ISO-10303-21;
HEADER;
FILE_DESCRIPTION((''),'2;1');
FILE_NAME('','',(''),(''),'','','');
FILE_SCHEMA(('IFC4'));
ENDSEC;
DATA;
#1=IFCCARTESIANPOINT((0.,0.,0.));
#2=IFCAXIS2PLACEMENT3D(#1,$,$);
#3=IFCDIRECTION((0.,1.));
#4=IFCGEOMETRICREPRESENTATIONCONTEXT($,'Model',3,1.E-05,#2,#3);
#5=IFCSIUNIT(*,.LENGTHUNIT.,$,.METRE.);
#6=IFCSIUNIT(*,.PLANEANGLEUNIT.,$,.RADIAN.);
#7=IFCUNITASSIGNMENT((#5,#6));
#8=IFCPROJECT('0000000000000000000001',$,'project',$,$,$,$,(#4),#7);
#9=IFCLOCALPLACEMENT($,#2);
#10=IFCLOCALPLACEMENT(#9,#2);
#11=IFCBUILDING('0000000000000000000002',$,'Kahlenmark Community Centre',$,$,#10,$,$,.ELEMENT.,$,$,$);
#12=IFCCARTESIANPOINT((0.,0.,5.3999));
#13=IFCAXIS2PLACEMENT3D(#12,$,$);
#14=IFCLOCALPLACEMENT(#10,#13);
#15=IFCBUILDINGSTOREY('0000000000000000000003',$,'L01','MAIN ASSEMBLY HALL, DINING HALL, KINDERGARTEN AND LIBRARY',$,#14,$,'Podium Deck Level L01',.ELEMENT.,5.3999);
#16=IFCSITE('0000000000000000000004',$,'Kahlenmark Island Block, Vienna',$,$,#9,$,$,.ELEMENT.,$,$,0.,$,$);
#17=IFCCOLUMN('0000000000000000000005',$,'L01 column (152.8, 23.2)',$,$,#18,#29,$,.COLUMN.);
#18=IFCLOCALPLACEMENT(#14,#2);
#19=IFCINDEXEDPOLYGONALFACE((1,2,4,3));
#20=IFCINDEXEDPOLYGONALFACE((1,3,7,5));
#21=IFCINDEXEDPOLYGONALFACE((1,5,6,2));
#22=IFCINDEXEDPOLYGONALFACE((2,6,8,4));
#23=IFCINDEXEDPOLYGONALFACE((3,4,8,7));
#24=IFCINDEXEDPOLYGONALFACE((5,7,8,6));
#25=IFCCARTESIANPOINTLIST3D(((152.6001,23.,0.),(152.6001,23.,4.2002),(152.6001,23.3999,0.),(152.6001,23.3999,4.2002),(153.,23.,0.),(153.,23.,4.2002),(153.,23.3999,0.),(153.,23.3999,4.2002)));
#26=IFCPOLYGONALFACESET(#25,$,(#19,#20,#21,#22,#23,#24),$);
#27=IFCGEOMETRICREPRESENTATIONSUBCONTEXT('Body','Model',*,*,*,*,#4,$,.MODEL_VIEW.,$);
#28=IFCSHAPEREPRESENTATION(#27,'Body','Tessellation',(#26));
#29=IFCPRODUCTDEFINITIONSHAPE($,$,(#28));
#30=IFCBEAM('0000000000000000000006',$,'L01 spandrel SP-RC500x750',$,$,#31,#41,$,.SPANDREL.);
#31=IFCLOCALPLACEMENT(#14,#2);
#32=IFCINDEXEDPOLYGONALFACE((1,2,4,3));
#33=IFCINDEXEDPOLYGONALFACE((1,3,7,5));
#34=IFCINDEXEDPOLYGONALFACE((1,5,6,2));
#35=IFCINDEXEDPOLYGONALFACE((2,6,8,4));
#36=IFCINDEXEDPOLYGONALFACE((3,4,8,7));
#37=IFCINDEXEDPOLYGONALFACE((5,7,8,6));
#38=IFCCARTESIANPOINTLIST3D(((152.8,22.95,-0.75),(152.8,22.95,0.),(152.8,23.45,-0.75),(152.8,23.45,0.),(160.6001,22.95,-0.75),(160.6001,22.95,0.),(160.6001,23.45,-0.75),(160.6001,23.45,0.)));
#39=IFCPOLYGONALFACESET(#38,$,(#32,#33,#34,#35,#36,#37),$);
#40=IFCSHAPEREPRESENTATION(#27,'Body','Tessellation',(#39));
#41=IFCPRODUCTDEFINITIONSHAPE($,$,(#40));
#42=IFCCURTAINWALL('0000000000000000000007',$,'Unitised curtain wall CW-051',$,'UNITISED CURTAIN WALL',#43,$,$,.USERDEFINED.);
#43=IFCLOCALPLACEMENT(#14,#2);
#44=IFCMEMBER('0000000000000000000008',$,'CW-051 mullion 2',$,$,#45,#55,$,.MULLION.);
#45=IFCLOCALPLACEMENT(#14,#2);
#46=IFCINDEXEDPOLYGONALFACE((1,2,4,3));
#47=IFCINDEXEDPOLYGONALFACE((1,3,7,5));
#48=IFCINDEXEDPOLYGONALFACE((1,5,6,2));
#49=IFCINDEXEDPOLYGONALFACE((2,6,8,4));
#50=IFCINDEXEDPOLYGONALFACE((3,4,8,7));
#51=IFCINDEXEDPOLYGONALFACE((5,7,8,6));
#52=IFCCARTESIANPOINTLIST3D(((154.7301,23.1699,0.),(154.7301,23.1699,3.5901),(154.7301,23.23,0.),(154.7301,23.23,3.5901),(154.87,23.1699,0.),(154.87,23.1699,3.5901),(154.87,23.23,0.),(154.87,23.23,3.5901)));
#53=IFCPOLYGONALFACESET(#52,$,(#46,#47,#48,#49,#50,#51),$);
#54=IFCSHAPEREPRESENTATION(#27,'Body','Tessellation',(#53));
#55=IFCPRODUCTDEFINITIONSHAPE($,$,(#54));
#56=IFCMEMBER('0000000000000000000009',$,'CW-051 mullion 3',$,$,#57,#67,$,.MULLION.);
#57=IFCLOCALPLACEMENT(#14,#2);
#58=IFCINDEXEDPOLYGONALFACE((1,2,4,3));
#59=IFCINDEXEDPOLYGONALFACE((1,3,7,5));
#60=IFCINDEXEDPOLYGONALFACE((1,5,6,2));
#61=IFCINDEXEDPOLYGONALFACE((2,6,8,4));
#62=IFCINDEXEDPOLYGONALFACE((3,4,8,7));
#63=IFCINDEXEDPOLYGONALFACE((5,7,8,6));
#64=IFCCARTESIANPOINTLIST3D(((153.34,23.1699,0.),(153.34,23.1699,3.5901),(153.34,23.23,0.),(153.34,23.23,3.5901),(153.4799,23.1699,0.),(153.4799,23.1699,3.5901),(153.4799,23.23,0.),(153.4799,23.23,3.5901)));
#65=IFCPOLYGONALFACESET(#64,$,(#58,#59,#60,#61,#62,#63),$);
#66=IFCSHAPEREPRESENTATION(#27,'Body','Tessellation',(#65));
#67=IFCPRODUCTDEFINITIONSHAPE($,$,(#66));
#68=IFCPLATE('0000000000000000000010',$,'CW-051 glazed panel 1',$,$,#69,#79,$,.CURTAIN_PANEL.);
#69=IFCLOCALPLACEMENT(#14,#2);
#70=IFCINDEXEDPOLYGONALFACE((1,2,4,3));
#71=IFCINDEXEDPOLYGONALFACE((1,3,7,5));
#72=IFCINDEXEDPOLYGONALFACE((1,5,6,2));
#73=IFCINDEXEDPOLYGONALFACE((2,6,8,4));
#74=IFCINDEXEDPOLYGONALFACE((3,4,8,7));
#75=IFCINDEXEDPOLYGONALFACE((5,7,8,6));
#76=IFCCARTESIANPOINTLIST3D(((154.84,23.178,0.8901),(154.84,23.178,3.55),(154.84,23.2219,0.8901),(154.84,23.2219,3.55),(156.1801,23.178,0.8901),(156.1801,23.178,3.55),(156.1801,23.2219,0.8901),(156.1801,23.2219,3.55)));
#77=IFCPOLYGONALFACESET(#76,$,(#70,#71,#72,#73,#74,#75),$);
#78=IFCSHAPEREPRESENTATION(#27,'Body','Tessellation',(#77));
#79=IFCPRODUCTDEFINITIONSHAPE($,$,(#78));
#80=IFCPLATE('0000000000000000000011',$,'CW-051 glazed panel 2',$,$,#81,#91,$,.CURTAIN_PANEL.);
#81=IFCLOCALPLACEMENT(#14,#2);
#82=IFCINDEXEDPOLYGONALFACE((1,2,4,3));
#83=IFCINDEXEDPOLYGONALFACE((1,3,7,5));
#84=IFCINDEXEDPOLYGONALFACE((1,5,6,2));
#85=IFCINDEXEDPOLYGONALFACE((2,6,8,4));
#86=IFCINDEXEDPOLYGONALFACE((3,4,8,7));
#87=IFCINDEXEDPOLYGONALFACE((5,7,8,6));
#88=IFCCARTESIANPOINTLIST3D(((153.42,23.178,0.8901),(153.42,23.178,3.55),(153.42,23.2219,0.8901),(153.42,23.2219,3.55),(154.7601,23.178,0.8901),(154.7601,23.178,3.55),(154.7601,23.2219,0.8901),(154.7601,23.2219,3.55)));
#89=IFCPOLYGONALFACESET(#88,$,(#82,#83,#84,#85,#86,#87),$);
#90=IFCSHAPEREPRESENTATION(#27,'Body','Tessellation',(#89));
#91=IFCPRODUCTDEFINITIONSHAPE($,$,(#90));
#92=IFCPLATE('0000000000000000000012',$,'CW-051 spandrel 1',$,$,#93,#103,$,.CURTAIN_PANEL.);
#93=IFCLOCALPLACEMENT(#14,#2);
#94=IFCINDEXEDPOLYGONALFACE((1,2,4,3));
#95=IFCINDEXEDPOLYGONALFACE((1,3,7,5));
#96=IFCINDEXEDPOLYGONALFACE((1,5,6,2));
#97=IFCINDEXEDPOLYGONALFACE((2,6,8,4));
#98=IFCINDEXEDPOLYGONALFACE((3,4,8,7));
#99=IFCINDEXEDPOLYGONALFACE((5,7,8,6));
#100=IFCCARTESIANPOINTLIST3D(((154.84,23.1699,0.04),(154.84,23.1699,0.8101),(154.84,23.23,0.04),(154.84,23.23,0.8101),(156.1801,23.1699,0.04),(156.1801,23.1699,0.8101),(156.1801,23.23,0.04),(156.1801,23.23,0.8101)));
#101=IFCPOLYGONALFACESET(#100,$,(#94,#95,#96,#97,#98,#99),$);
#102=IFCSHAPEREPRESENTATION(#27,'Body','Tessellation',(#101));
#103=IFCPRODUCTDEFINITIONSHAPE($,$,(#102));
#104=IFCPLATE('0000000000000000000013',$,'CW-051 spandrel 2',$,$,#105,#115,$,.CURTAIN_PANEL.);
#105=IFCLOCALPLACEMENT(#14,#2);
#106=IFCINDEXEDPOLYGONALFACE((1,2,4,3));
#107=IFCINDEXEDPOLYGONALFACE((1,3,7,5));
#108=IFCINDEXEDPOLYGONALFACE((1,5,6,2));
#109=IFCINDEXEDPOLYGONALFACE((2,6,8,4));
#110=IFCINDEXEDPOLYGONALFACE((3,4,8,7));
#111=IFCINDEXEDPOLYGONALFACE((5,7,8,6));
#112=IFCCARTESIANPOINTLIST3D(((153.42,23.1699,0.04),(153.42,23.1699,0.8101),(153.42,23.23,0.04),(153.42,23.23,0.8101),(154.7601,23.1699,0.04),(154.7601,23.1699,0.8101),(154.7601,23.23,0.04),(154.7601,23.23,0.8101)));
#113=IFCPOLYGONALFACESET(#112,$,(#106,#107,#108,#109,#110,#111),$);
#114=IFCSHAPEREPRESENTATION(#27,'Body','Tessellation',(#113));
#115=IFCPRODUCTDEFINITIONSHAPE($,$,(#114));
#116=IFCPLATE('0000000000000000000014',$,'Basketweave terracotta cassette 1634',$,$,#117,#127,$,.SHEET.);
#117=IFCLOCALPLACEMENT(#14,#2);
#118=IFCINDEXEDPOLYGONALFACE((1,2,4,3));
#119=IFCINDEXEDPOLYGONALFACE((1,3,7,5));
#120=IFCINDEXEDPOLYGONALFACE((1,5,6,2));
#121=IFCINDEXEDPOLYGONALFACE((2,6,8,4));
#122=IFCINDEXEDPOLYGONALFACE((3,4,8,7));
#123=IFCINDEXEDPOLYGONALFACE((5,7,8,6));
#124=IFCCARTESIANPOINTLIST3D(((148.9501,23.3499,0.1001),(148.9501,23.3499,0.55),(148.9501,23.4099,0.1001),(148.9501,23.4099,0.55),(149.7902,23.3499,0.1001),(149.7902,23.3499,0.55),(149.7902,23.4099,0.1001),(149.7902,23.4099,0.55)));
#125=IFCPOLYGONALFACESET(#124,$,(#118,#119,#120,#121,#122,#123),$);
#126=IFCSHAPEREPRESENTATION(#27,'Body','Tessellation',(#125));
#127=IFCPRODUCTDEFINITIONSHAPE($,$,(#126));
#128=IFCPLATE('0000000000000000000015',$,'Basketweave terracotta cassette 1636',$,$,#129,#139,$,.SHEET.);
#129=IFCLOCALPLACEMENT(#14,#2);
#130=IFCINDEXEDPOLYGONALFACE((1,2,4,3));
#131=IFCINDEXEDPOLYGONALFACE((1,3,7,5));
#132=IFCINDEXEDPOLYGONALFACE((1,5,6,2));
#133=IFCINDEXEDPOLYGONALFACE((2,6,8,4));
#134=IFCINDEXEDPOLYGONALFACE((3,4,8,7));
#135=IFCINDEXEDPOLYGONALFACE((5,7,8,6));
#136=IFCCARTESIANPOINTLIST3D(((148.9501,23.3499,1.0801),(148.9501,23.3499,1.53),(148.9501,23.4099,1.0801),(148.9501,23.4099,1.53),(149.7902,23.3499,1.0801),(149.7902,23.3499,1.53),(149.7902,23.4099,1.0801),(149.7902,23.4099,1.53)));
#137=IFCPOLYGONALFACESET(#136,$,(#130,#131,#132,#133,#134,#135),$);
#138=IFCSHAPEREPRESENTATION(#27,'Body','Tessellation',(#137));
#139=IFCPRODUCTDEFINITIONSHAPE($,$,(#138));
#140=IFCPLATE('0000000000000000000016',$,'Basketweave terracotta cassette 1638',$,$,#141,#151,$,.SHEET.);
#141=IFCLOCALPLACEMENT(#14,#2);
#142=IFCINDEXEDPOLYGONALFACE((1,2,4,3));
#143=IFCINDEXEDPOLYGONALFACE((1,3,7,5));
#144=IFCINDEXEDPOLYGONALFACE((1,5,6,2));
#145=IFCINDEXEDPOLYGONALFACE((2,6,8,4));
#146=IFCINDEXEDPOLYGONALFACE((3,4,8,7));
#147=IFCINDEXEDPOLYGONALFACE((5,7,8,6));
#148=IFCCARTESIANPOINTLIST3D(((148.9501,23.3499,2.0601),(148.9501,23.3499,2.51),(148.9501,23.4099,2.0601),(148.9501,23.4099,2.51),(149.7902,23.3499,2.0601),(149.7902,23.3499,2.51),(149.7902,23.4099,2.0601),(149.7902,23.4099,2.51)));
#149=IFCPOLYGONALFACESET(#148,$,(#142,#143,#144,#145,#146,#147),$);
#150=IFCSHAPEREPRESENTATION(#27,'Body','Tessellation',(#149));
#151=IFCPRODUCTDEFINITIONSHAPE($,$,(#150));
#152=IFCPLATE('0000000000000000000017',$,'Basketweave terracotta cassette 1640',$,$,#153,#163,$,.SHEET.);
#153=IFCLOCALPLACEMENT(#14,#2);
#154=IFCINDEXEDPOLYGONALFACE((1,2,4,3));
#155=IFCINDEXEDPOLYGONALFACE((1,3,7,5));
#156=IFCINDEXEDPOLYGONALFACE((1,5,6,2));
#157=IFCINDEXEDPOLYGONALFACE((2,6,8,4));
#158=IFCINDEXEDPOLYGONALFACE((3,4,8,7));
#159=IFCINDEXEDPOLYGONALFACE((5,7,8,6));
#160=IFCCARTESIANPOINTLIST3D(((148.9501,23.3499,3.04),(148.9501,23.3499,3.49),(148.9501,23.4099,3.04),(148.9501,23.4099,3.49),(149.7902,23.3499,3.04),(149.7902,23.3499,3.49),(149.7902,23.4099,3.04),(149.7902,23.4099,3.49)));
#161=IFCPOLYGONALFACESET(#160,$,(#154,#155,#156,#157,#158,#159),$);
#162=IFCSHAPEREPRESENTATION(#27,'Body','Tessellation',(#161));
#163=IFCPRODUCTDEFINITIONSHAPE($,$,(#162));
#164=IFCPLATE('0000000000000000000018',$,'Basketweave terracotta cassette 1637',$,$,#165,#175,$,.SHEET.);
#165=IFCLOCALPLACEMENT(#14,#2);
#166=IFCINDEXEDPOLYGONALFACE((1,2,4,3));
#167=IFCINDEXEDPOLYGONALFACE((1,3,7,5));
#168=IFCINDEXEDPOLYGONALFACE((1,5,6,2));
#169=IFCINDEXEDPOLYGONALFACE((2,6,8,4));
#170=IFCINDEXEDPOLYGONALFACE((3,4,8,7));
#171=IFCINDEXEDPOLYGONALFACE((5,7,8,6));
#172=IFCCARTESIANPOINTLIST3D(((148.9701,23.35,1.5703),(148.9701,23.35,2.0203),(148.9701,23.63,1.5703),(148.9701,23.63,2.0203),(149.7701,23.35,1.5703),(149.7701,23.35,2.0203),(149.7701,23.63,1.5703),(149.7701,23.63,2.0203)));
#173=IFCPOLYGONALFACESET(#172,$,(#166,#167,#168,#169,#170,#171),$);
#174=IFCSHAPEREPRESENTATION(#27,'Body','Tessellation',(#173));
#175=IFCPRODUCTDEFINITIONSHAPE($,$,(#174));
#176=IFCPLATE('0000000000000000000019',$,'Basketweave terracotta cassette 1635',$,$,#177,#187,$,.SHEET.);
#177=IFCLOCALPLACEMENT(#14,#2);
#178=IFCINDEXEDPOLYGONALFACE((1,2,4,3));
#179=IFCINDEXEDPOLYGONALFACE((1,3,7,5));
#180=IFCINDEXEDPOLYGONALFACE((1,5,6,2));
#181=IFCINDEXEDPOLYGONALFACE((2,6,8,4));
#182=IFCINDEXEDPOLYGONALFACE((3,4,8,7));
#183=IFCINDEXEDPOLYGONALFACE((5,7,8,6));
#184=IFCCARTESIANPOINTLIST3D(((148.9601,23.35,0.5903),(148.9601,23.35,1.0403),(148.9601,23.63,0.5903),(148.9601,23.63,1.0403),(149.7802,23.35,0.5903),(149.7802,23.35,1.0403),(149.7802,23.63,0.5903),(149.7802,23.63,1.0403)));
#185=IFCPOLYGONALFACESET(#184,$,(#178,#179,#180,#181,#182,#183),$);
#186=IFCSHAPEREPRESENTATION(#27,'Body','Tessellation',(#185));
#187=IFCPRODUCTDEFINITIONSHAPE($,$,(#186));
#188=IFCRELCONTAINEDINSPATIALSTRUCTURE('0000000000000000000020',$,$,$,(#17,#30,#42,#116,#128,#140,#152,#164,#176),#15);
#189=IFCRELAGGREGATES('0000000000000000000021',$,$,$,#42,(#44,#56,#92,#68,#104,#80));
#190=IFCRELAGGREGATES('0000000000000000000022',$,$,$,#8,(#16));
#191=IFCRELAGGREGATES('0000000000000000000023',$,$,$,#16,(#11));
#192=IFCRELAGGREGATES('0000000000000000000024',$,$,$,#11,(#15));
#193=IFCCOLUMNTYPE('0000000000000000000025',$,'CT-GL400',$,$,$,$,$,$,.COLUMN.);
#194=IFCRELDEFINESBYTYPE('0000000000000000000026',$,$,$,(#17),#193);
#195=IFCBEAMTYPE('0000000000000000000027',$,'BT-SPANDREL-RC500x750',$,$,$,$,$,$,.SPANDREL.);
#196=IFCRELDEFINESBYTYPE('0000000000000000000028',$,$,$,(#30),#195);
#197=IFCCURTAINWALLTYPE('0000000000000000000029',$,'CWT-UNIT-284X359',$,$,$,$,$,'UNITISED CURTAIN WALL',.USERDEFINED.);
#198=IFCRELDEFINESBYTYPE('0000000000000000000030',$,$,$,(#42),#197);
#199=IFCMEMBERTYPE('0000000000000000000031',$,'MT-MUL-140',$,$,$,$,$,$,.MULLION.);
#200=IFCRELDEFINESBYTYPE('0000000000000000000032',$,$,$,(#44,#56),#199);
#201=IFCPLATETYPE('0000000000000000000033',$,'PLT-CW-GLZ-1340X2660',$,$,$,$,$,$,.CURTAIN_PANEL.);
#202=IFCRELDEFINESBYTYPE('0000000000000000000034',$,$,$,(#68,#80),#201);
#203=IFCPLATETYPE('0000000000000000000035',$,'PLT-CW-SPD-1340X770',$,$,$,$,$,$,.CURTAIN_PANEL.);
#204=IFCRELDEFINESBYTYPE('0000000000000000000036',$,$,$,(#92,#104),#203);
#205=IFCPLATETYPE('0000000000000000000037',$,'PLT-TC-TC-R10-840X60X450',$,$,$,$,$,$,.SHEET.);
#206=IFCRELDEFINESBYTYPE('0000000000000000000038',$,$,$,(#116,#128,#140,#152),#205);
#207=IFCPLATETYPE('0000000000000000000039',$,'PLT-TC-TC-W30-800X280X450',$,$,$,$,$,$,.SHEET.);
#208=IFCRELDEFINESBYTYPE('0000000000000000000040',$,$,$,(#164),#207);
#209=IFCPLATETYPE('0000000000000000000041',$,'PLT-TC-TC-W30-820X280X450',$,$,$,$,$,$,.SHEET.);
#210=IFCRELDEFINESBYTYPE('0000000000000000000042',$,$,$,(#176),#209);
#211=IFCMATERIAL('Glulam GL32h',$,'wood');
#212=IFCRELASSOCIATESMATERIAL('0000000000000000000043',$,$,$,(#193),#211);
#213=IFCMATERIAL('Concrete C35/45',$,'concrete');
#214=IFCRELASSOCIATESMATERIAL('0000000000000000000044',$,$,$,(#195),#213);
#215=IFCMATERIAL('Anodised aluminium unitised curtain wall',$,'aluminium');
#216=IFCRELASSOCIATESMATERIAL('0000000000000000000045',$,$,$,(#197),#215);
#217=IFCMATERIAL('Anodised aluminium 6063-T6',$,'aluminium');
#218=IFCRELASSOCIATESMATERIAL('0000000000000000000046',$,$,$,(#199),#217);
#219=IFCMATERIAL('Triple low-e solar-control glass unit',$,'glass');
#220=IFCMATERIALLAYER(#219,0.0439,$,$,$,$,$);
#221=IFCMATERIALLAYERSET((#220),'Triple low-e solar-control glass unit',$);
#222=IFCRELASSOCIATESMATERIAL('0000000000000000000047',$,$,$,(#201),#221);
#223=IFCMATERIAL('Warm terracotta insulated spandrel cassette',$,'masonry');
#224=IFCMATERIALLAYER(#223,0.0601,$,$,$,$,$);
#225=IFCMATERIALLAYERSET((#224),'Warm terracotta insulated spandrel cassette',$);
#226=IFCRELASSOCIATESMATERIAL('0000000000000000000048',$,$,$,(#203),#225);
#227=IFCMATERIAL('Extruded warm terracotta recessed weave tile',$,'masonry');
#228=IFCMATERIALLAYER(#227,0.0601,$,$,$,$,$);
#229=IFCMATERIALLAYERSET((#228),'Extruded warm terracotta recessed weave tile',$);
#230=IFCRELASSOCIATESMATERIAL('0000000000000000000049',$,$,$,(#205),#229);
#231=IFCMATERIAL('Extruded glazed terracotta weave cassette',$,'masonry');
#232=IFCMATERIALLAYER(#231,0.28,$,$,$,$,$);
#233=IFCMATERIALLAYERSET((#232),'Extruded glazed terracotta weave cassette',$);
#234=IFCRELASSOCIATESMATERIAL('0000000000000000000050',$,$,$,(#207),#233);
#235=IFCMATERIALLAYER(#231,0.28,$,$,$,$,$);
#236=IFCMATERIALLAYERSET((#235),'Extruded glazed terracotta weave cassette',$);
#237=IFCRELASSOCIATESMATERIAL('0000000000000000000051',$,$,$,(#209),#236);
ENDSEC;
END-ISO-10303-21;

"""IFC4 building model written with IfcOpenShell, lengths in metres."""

from ifc_helpers import new_model, si_unit, direction, frame, origin, origin_2d, place, context, subcontext, project, spatial, rectangle, extrude, material, layer, layer_set, material_profile, profile_set, type_object, element, aggregate, save


model = new_model("IFC4")

# Units and contexts
model_context = context("Model", 3, precision=1e-05, world=origin(), true_north=direction((0.0, 1.0)))
body_context = subcontext(model_context, "Body", "Model", "MODEL_VIEW")
ifc_project = project(units=[si_unit("LENGTHUNIT", "METRE"), si_unit("PLANEANGLEUNIT", "RADIAN")], contexts=[model_context])

# Site, building, storey
site_placement = place(None, origin())
site = spatial("IfcSite", under=ifc_project, at=site_placement, Name="Kahlenmark Island Block, Vienna", CompositionType="ELEMENT", RefElevation=0.0)
building_placement = place(site_placement, origin())
building = spatial("IfcBuilding", under=site, at=building_placement, Name="Kahlenmark Community Centre", CompositionType="ELEMENT")
storey_placement = place(building_placement, frame((0.0, 0.0, 5.3999)))
storey = spatial("IfcBuildingStorey", under=building, at=storey_placement, Name="L01", Description="MAIN ASSEMBLY HALL, DINING HALL, KINDERGARTEN AND LIBRARY", LongName="Podium Deck Level L01", CompositionType="ELEMENT", Elevation=5.3999)

# Column
ifc_material_1 = material(Name="Glulam GL32h", Category="wood")
ifc_material_profile_1 = material_profile(ifc_material_1, rectangle(XDim=0.3999, YDim=0.3999, at=origin_2d()), Name="GL32h 400x400")
ifc_profile_set_1 = profile_set([ifc_material_profile_1], Name="Glulam GL32h")
column_type = type_object("IfcColumnType", Name="CT-GL400", PredefinedType="COLUMN", material=ifc_profile_set_1)
column_placement = place(storey_placement, frame((152.8, 23.2, 0.0), z_axis=(0.0, 0.0, 1.0), x_axis=(1.0, 0.0, 0.0)))
element("IfcColumn", 1, at=column_placement, inside=storey, type_object=column_type, Name="L01 column (152.8, 23.2)", PredefinedType="COLUMN", context=body_context, shape_type="SweptSolid", body=[
    extrude(rectangle(XDim=0.3999, YDim=0.3999, at=origin_2d()), origin(), (0.0, 0.0, 1.0), 4.2002),
])

# Beam
ifc_material_2 = material(Name="Concrete C35/45", Category="concrete")
ifc_material_profile_2 = material_profile(ifc_material_2, rectangle(XDim=0.5, YDim=0.75, at=origin_2d()), Name="RC 500x750")
ifc_profile_set_2 = profile_set([ifc_material_profile_2], Name="Concrete C35/45")
beam_type = type_object("IfcBeamType", Name="BT-SPANDREL-RC500x750", PredefinedType="SPANDREL", material=ifc_profile_set_2)
beam_placement = place(storey_placement, frame((152.8, 23.2, -0.375), z_axis=(1.0, 0.0, 0.0), x_axis=(0.0, 1.0, 0.0)))
element("IfcBeam", 2, at=beam_placement, inside=storey, type_object=beam_type, Name="L01 spandrel SP-RC500x750", PredefinedType="SPANDREL", context=body_context, shape_type="SweptSolid", body=[
    extrude(rectangle(XDim=0.5, YDim=0.75, at=origin_2d()), origin(), (0.0, 0.0, 1.0), 7.8),
])

# Curtain wall, members, plates
ifc_material_3 = material(Name="Anodised aluminium unitised curtain wall", Category="aluminium")
curtain_wall_type = type_object("IfcCurtainWallType", Name="CWT-UNIT-284X359", ElementType="UNITISED CURTAIN WALL", PredefinedType="USERDEFINED", material=ifc_material_3)
curtain_wall_placement = place(storey_placement, origin())
curtain_wall = element("IfcCurtainWall", 3, at=curtain_wall_placement, inside=storey, type_object=curtain_wall_type, Name="Unitised curtain wall CW-051", ObjectType="UNITISED CURTAIN WALL", PredefinedType="USERDEFINED")
ifc_material_4 = material(Name="Anodised aluminium 6063-T6", Category="aluminium")
ifc_material_profile_3 = material_profile(ifc_material_4, rectangle(XDim=0.0601, YDim=0.1399, at=origin_2d()), Name="ALU MULLION 60x140")
ifc_profile_set_3 = profile_set([ifc_material_profile_3], Name="Anodised aluminium 6063-T6")
member_type = type_object("IfcMemberType", Name="MT-MUL-140", PredefinedType="MULLION", material=ifc_profile_set_3)
member_1_placement = place(storey_placement, frame((154.8, 23.2, 0.0), z_axis=(0.0, 0.0, 1.0), x_axis=(0.0, -1.0, 0.0)))
member_1 = element("IfcMember", 4, at=member_1_placement, type_object=member_type, Name="CW-051 mullion 2", PredefinedType="MULLION", context=body_context, shape_type="SweptSolid", body=[
    extrude(rectangle(XDim=0.0601, YDim=0.1399, at=origin_2d()), origin(), (0.0, 0.0, 1.0), 3.5901),
])
member_2_placement = place(storey_placement, frame((153.4099, 23.2, 0.0), z_axis=(0.0, 0.0, 1.0), x_axis=(0.0, -1.0, 0.0)))
member_2 = element("IfcMember", 5, at=member_2_placement, type_object=member_type, Name="CW-051 mullion 3", PredefinedType="MULLION", context=body_context, shape_type="SweptSolid", body=[
    extrude(rectangle(XDim=0.0601, YDim=0.1399, at=origin_2d()), origin(), (0.0, 0.0, 1.0), 3.5901),
])
ifc_material_5 = material(Name="Triple low-e solar-control glass unit", Category="glass")
ifc_layer_1 = layer(ifc_material_5, 0.0439)
ifc_layer_set_1 = layer_set([ifc_layer_1], Name="Triple low-e solar-control glass unit")
plate_type_1 = type_object("IfcPlateType", Name="PLT-CW-GLZ-1340X2660", PredefinedType="CURTAIN_PANEL", material=ifc_layer_set_1)
plate_1_placement = place(storey_placement, frame((155.51, 23.2, 0.8901), z_axis=(0.0, 0.0, 1.0), x_axis=(-1.0, 0.0, 0.0)))
plate_1 = element("IfcPlate", 6, at=plate_1_placement, type_object=plate_type_1, Name="CW-051 glazed panel 1", PredefinedType="CURTAIN_PANEL", context=body_context, shape_type="SweptSolid", body=[
    extrude(rectangle(XDim=1.3401, YDim=0.0439, at=origin_2d()), origin(), (0.0, 0.0, 1.0), 2.6599),
])
plate_2_placement = place(storey_placement, frame((154.0901, 23.2, 0.8901), z_axis=(0.0, 0.0, 1.0), x_axis=(-1.0, 0.0, 0.0)))
plate_2 = element("IfcPlate", 7, at=plate_2_placement, type_object=plate_type_1, Name="CW-051 glazed panel 2", PredefinedType="CURTAIN_PANEL", context=body_context, shape_type="SweptSolid", body=[
    extrude(rectangle(XDim=1.3401, YDim=0.0439, at=origin_2d()), origin(), (0.0, 0.0, 1.0), 2.6599),
])
ifc_material_6 = material(Name="Warm terracotta insulated spandrel cassette", Category="masonry")
ifc_layer_2 = layer(ifc_material_6, 0.0601)
ifc_layer_set_2 = layer_set([ifc_layer_2], Name="Warm terracotta insulated spandrel cassette")
plate_type_2 = type_object("IfcPlateType", Name="PLT-CW-SPD-1340X770", PredefinedType="CURTAIN_PANEL", material=ifc_layer_set_2)
plate_3_placement = place(storey_placement, frame((155.51, 23.2, 0.04), z_axis=(0.0, 0.0, 1.0), x_axis=(-1.0, 0.0, 0.0)))
plate_3 = element("IfcPlate", 8, at=plate_3_placement, type_object=plate_type_2, Name="CW-051 spandrel 1", PredefinedType="CURTAIN_PANEL", context=body_context, shape_type="SweptSolid", body=[
    extrude(rectangle(XDim=1.3401, YDim=0.0601, at=origin_2d()), origin(), (0.0, 0.0, 1.0), 0.77),
])
plate_4_placement = place(storey_placement, frame((154.0901, 23.2, 0.04), z_axis=(0.0, 0.0, 1.0), x_axis=(-1.0, 0.0, 0.0)))
plate_4 = element("IfcPlate", 9, at=plate_4_placement, type_object=plate_type_2, Name="CW-051 spandrel 2", PredefinedType="CURTAIN_PANEL", context=body_context, shape_type="SweptSolid", body=[
    extrude(rectangle(XDim=1.3401, YDim=0.0601, at=origin_2d()), origin(), (0.0, 0.0, 1.0), 0.77),
])
aggregate(curtain_wall, [member_1, member_2, plate_3, plate_1, plate_4, plate_2])

# Plates
ifc_material_7 = material(Name="Extruded warm terracotta recessed weave tile", Category="masonry")
ifc_layer_3 = layer(ifc_material_7, 0.0601)
ifc_layer_set_3 = layer_set([ifc_layer_3], Name="Extruded warm terracotta recessed weave tile")
plate_type_3 = type_object("IfcPlateType", Name="PLT-TC-TC-R10-840X60X450", PredefinedType="SHEET", material=ifc_layer_set_3)
for number, where, z_axis, x_axis, name in (
    (10, (149.3701, 23.3799, 0.1001), (0.0, 0.0, 1.0), (-1.0, 0.0, 0.0), "Basketweave terracotta cassette 1634"),
    (11, (149.3701, 23.3799, 1.0801), (0.0, 0.0, 1.0), (-1.0, 0.0, 0.0), "Basketweave terracotta cassette 1636"),
    (12, (149.3701, 23.3799, 2.0601), (0.0, 0.0, 1.0), (-1.0, 0.0, 0.0), "Basketweave terracotta cassette 1638"),
    (13, (149.3701, 23.3799, 3.04), (0.0, 0.0, 1.0), (-1.0, 0.0, 0.0), "Basketweave terracotta cassette 1640"),
):
    element("IfcPlate", number, at=place(storey_placement, frame(where, z_axis=z_axis, x_axis=x_axis)), inside=storey, type_object=plate_type_3, Name=name, PredefinedType="SHEET", context=body_context, shape_type="SweptSolid", body=[
        extrude(rectangle(XDim=0.8401, YDim=0.0601, at=origin_2d()), origin(), (0.0, 0.0, 1.0), 0.45),
    ])
ifc_material_8 = material(Name="Extruded glazed terracotta weave cassette", Category="masonry")
ifc_layer_4 = layer(ifc_material_8, 0.28)
ifc_layer_set_4 = layer_set([ifc_layer_4], Name="Extruded glazed terracotta weave cassette")
plate_type_4 = type_object("IfcPlateType", Name="PLT-TC-TC-W30-800X280X450", PredefinedType="SHEET", material=ifc_layer_set_4)
plate_5_placement = place(storey_placement, frame((149.3701, 23.49, 1.5703), z_axis=(0.0, 0.0, 1.0), x_axis=(-1.0, 0.0, 0.0)))
element("IfcPlate", 14, at=plate_5_placement, inside=storey, type_object=plate_type_4, Name="Basketweave terracotta cassette 1637", PredefinedType="SHEET", context=body_context, shape_type="SweptSolid", body=[
    extrude(rectangle(XDim=0.8, YDim=0.28, at=origin_2d()), origin(), (0.0, 0.0, 1.0), 0.45),
])
ifc_layer_5 = layer(ifc_material_8, 0.28)
ifc_layer_set_5 = layer_set([ifc_layer_5], Name="Extruded glazed terracotta weave cassette")
plate_type_5 = type_object("IfcPlateType", Name="PLT-TC-TC-W30-820X280X450", PredefinedType="SHEET", material=ifc_layer_set_5)
plate_6_placement = place(storey_placement, frame((149.3701, 23.49, 0.5903), z_axis=(0.0, 0.0, 1.0), x_axis=(-1.0, 0.0, 0.0)))
element("IfcPlate", 15, at=plate_6_placement, inside=storey, type_object=plate_type_5, Name="Basketweave terracotta cassette 1635", PredefinedType="SHEET", context=body_context, shape_type="SweptSolid", body=[
    extrude(rectangle(XDim=0.8201, YDim=0.28, at=origin_2d()), origin(), (0.0, 0.0, 1.0), 0.45),
])

save(model, "model.ifc")
